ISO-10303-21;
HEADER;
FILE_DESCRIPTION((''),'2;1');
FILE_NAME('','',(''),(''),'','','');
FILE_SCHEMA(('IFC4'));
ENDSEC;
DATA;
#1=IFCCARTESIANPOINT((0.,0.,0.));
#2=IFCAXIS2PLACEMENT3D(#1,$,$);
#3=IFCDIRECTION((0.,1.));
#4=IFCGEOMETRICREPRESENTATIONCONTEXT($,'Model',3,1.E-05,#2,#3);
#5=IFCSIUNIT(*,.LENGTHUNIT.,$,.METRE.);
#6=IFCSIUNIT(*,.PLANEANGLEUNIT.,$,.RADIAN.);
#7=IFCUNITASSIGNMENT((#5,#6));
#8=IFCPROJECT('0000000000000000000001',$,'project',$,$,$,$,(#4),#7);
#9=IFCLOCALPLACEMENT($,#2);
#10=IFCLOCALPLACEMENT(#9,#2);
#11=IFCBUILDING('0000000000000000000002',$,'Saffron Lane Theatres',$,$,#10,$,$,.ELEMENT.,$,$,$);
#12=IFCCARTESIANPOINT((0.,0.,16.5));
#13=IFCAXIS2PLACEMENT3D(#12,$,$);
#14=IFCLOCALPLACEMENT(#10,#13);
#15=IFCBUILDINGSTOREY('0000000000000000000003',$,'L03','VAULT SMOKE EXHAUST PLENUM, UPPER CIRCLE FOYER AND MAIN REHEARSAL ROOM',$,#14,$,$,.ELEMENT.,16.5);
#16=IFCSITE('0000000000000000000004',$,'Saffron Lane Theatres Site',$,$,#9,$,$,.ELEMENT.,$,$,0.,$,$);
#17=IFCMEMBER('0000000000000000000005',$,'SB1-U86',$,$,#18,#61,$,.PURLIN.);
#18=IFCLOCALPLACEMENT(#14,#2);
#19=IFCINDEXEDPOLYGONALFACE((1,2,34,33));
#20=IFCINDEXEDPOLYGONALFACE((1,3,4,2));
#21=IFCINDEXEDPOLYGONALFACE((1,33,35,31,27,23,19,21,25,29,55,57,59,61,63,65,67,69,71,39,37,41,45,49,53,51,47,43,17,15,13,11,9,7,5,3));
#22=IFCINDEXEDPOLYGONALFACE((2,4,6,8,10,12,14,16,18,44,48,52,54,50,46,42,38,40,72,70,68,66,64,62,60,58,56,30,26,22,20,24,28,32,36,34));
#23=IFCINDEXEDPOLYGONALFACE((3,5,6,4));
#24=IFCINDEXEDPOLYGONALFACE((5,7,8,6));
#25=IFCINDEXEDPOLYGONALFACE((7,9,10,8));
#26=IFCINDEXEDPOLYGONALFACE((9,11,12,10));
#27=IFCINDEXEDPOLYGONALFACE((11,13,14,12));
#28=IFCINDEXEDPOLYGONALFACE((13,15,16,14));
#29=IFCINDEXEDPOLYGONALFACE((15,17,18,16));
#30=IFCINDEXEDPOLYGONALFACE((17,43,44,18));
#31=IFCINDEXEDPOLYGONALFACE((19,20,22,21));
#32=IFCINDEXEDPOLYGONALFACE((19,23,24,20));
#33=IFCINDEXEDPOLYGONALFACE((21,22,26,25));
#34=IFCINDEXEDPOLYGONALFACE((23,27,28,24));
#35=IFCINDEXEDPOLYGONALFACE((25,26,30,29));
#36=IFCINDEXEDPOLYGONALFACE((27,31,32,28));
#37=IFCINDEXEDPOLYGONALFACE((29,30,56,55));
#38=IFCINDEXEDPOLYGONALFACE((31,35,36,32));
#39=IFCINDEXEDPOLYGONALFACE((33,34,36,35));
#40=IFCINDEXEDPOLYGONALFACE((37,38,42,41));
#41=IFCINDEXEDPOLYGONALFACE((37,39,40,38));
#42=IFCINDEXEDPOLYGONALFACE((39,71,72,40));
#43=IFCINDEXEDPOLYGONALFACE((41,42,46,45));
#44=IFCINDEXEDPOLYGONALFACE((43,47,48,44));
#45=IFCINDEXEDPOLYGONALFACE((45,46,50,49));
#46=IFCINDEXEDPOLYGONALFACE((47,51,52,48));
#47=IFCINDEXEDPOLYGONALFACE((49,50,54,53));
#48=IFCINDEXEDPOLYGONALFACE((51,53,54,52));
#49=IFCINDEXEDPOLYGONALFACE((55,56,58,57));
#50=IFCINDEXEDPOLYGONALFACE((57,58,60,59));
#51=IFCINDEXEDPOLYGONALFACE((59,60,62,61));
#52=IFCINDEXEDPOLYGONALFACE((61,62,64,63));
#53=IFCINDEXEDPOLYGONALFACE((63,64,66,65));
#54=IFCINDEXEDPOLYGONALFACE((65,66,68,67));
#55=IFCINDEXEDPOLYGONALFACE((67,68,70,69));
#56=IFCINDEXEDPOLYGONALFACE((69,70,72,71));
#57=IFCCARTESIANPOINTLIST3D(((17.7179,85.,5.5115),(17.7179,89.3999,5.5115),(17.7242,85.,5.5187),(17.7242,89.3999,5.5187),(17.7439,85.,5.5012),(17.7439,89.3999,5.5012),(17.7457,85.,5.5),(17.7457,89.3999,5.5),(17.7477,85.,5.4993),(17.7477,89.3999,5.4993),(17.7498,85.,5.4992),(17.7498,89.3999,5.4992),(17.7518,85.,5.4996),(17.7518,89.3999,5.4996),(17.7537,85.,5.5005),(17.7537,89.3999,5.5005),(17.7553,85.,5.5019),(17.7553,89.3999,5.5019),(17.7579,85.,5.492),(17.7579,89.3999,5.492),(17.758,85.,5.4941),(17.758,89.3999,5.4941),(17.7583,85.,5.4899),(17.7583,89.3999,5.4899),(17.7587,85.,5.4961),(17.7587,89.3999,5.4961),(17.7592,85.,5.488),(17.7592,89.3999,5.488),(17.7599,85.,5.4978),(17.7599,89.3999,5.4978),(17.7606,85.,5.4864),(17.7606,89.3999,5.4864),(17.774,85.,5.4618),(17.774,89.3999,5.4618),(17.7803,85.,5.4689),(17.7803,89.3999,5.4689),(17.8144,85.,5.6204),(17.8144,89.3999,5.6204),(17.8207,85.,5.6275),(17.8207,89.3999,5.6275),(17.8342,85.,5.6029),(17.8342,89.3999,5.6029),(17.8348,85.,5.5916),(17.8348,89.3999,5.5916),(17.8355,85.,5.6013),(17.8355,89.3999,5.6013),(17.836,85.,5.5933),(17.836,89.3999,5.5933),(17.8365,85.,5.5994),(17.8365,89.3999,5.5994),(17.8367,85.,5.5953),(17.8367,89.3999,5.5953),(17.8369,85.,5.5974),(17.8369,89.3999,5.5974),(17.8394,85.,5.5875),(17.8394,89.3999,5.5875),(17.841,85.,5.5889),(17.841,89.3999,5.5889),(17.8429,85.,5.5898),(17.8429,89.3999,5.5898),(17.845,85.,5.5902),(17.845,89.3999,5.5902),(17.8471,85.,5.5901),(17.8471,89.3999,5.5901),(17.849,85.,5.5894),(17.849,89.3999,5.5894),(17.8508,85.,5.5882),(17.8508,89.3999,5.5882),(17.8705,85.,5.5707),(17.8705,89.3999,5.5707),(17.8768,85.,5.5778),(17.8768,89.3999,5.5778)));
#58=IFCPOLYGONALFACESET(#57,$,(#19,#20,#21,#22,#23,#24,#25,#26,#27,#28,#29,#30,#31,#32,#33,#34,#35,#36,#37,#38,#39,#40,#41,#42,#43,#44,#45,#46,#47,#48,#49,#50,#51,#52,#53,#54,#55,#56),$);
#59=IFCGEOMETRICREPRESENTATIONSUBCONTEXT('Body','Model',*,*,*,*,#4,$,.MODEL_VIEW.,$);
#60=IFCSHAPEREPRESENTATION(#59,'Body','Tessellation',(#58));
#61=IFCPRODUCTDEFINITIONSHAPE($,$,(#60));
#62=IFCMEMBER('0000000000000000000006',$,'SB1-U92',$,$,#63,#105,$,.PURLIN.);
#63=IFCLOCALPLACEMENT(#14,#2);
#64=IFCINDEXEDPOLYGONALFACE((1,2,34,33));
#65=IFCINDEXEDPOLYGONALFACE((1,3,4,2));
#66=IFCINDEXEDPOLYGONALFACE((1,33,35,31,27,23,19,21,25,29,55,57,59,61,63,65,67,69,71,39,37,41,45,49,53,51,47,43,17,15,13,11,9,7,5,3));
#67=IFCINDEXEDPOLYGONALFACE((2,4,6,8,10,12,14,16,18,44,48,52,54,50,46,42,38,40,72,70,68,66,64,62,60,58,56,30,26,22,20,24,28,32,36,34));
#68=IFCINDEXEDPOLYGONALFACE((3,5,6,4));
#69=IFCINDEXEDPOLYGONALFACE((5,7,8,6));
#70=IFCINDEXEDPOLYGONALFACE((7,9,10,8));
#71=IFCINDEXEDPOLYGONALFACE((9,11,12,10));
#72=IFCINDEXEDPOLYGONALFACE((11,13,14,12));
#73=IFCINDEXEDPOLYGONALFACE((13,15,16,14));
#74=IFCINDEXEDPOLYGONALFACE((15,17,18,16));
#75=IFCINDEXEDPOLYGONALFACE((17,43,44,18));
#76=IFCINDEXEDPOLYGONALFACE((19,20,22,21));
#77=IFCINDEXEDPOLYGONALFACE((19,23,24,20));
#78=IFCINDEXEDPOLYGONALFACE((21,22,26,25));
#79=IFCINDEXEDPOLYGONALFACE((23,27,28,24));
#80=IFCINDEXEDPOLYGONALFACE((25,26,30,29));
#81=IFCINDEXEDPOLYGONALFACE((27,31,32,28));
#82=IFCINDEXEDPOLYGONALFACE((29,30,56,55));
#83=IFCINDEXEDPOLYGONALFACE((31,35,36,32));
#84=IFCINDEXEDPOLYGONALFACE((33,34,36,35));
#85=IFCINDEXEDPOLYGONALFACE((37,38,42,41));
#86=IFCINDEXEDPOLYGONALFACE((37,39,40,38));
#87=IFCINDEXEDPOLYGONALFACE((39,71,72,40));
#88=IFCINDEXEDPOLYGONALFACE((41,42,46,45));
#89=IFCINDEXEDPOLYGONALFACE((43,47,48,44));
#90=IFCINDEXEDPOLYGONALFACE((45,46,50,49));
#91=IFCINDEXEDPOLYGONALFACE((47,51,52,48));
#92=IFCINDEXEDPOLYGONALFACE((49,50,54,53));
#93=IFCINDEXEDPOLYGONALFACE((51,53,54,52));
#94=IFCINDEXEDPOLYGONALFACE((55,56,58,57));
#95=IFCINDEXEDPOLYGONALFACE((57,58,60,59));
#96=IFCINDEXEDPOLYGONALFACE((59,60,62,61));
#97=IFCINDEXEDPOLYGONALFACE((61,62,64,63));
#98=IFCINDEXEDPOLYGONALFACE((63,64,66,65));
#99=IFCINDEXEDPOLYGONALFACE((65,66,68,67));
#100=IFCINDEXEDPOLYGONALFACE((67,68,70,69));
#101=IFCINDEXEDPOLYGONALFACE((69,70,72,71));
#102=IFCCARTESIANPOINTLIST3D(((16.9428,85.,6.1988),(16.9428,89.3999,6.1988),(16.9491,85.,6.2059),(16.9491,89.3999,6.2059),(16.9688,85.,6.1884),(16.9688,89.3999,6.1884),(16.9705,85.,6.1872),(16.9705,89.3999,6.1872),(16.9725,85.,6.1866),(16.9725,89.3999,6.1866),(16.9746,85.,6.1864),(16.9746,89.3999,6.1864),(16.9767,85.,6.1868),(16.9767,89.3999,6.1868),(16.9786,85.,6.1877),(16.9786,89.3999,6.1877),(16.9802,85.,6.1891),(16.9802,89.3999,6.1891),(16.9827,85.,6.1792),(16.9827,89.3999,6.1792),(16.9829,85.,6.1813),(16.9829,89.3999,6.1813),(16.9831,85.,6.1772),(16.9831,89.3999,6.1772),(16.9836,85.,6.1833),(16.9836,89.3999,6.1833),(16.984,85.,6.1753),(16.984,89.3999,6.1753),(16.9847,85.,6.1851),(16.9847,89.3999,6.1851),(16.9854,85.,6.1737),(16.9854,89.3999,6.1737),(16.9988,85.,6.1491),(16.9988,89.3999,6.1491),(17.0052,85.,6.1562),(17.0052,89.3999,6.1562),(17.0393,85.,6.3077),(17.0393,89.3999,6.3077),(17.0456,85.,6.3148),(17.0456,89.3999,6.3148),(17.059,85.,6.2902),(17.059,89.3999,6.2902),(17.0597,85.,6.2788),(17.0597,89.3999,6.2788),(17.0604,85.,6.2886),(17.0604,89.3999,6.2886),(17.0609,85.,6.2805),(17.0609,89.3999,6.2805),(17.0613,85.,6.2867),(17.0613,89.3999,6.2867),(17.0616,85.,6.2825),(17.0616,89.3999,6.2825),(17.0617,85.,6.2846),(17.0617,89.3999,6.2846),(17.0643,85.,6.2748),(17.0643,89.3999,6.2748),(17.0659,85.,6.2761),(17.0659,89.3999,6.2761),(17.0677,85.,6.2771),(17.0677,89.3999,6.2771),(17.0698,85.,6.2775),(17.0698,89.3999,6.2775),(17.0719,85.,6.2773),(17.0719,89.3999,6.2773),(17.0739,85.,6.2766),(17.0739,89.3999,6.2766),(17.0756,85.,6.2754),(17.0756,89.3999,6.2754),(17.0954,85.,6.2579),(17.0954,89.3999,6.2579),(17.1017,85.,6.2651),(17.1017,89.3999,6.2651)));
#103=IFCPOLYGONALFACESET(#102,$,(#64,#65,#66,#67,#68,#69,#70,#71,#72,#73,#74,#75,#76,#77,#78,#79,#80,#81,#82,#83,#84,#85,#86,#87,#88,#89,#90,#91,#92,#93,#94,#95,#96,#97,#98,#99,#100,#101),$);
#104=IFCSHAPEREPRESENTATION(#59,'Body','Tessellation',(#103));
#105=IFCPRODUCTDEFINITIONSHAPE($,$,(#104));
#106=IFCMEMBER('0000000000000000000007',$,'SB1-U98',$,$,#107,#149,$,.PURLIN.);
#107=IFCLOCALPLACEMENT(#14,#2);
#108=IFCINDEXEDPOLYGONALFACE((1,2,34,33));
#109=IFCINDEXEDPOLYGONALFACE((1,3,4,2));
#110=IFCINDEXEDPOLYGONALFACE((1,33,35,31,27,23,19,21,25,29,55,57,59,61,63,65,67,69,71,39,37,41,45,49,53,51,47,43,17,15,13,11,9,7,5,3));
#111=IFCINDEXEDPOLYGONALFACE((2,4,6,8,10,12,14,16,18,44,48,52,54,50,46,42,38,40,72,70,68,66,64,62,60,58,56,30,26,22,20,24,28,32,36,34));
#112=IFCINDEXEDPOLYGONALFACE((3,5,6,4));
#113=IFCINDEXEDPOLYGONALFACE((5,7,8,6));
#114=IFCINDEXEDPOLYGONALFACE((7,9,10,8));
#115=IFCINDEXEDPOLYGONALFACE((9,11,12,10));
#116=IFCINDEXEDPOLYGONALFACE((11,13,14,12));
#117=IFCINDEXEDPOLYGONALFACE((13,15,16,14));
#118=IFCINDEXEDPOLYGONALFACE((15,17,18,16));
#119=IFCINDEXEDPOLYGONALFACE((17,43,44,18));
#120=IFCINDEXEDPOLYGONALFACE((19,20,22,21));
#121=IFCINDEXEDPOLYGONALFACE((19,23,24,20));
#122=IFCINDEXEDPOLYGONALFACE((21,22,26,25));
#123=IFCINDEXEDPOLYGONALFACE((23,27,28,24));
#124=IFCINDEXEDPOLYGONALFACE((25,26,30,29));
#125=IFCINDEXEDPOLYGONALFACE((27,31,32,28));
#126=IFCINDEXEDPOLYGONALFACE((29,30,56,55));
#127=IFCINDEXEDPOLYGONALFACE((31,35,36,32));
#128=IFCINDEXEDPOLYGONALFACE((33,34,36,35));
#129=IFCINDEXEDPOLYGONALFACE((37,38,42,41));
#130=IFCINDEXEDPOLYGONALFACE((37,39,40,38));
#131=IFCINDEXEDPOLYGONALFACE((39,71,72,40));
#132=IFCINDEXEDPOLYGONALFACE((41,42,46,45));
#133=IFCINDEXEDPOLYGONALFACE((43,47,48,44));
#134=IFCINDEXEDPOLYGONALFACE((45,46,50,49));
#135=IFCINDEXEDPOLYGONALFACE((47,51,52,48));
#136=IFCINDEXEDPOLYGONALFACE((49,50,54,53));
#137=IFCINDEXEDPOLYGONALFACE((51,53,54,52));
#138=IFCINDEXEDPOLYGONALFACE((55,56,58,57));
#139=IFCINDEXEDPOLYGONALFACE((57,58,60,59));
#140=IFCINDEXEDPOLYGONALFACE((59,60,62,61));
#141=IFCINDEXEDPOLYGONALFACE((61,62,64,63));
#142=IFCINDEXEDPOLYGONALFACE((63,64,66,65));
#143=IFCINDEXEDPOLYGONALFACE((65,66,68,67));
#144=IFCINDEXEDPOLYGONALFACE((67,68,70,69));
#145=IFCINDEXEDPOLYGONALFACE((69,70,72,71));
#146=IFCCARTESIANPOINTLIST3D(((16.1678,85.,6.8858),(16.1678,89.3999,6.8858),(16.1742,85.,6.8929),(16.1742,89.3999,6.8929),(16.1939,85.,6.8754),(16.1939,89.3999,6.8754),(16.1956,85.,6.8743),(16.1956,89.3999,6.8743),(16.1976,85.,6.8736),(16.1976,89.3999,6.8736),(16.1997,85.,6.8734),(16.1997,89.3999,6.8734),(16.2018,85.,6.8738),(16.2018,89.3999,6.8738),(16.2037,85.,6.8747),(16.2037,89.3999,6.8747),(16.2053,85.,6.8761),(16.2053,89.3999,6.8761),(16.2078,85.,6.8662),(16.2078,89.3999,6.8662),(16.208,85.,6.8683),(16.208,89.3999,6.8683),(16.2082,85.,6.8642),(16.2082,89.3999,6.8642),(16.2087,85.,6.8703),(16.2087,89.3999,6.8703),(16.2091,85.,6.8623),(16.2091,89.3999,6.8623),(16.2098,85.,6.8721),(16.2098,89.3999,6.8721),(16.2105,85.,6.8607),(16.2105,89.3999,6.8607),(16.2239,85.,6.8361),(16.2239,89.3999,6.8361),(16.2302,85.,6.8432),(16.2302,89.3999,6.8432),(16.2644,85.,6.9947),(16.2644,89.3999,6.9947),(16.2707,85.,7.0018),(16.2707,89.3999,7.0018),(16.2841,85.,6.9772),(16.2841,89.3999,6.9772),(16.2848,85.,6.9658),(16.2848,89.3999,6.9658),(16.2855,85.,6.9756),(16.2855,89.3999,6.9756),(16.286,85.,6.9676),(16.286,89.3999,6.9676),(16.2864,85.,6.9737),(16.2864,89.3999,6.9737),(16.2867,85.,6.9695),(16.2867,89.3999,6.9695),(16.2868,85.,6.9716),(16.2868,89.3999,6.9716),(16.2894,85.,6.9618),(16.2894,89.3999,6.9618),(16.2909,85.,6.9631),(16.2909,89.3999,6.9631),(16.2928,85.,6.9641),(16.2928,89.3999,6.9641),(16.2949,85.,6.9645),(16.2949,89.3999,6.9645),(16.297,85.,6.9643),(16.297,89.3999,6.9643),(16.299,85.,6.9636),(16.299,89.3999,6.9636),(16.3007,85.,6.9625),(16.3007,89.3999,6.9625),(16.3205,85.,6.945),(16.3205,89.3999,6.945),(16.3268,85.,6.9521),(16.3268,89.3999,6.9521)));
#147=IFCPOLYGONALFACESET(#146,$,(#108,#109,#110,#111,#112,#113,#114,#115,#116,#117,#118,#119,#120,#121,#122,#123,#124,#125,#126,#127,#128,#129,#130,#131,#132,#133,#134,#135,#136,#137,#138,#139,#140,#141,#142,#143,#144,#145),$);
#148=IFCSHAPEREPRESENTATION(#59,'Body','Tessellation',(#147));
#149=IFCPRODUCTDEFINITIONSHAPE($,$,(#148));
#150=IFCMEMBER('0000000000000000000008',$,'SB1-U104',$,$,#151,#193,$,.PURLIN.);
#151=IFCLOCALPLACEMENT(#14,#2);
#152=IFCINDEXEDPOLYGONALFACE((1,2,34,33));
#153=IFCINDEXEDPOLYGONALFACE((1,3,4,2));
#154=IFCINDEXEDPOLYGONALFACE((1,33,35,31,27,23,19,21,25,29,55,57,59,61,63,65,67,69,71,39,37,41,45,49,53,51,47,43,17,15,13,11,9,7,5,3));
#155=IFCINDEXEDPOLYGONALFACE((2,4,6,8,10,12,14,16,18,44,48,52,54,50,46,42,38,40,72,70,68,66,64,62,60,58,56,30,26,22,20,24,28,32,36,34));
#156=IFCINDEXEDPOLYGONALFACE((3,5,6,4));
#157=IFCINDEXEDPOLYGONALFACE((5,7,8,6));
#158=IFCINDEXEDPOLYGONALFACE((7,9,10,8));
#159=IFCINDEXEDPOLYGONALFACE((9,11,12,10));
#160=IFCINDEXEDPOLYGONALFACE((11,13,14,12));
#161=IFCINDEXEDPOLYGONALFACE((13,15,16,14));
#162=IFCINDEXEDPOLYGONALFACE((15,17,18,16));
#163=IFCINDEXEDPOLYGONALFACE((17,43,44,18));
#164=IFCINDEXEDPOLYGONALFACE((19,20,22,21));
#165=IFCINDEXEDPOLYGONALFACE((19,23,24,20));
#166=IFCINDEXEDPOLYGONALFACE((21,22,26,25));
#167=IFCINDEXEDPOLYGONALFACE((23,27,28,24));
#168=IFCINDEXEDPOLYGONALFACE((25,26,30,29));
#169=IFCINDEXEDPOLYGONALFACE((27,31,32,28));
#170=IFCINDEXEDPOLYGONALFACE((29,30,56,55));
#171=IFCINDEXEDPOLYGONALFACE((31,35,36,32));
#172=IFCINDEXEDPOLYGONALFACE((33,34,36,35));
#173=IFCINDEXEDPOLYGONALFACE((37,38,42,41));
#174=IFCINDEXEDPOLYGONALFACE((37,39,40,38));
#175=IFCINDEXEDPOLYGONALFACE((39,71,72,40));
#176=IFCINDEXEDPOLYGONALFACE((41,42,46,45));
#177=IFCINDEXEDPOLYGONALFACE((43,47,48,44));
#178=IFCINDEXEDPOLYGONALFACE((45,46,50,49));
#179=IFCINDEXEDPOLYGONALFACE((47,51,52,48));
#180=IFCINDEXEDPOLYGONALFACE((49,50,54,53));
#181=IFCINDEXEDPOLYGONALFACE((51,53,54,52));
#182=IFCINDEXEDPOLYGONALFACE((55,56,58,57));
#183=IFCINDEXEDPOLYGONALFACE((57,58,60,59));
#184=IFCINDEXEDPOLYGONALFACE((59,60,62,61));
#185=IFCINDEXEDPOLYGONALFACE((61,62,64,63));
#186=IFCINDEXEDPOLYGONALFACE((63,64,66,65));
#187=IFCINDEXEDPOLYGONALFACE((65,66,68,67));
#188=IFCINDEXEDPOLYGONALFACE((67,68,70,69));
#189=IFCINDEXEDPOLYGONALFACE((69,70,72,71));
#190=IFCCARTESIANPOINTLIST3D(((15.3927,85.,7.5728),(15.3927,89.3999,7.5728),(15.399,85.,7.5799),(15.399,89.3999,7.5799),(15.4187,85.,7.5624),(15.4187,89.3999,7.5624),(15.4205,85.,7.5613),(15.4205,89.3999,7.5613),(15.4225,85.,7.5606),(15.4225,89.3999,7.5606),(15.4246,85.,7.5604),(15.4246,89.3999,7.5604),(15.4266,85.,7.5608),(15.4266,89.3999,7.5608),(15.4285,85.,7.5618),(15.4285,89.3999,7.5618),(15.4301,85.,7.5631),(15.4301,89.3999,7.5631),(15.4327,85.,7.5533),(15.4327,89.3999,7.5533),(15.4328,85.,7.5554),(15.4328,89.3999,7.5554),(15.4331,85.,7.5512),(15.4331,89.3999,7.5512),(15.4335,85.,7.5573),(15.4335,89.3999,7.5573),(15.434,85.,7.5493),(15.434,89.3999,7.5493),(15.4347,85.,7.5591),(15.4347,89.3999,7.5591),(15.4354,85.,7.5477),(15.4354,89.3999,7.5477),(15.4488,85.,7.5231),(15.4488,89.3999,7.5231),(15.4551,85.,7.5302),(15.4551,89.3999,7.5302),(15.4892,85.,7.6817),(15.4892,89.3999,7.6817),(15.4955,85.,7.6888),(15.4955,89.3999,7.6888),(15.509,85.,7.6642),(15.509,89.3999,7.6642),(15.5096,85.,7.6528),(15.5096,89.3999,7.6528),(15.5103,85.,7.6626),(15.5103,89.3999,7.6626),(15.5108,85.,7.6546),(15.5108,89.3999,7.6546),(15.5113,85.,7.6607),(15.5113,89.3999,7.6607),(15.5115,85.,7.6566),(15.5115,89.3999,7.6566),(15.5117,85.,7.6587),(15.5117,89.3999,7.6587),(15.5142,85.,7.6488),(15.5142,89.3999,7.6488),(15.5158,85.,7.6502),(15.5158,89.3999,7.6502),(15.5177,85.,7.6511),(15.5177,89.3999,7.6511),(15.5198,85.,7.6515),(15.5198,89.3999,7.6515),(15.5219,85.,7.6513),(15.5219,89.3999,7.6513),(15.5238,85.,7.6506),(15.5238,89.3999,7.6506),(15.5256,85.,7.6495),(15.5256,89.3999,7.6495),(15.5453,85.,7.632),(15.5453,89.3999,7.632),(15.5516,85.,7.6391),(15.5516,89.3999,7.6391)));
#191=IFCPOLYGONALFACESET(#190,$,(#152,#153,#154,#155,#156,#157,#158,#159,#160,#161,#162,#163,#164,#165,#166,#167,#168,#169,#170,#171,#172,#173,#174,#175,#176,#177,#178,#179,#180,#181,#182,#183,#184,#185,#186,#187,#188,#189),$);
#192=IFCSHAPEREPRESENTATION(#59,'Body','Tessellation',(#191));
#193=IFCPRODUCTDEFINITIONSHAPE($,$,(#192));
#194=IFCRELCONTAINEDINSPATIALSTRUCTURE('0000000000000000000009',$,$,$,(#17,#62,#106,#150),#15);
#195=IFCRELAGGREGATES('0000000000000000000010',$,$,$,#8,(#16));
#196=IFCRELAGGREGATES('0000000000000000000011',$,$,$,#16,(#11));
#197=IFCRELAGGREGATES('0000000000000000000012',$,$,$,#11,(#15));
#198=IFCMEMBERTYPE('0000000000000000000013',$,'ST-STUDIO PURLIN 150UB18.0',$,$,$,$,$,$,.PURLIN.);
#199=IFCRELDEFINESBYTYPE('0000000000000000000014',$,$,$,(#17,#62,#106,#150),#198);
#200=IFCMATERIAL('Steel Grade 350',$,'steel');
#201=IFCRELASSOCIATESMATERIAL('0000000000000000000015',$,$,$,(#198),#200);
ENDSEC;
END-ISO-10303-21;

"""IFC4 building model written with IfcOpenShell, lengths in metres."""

from ifc_helpers import new_model, si_unit, direction, frame, origin, origin_2d, place, context, subcontext, project, spatial, i_section, extrude, material, material_profile, profile_set, type_object, element, save


model = new_model("IFC4")

# Units and contexts
model_context = context("Model", 3, precision=1e-05, world=origin(), true_north=direction((0.0, 1.0)))
body_context = subcontext(model_context, "Body", "Model", "MODEL_VIEW")
ifc_project = project(units=[si_unit("LENGTHUNIT", "METRE"), si_unit("PLANEANGLEUNIT", "RADIAN")], contexts=[model_context])

# Site, building, storey
site_placement = place(None, origin())
site = spatial("IfcSite", under=ifc_project, at=site_placement, Name="Saffron Lane Theatres Site", CompositionType="ELEMENT", RefElevation=0.0)
building_placement = place(site_placement, origin())
building = spatial("IfcBuilding", under=site, at=building_placement, Name="Saffron Lane Theatres", CompositionType="ELEMENT")
storey_placement = place(building_placement, frame((0.0, 0.0, 16.5)))
storey = spatial("IfcBuildingStorey", under=building, at=storey_placement, Name="L03", Description="VAULT SMOKE EXHAUST PLENUM, UPPER CIRCLE FOYER AND MAIN REHEARSAL ROOM", CompositionType="ELEMENT", Elevation=16.5)

# Members
ifc_material_1 = material(Name="Steel Grade 350", Category="steel")
ifc_material_profile_1 = material_profile(ifc_material_1, i_section(OverallWidth=0.075, OverallDepth=0.155, WebThickness=0.0061, FlangeThickness=0.0095, FilletRadius=0.0081, at=origin_2d()))
ifc_profile_set_1 = profile_set([ifc_material_profile_1], Name="Steel Grade 350")
member_type_1 = type_object("IfcMemberType", Name="ST-STUDIO PURLIN 150UB18.0", PredefinedType="PURLIN", material=ifc_profile_set_1)
for number, where, z_axis, x_axis, name in (
    (1, (17.7974, 85.0, 5.5447), (0.0, 1.0, 0.0), (-0.748269, 0.0, 0.663396), "SB1-U86"),
    (2, (17.0222, 85.0, 6.2319), (0.0, 1.0, 0.0), (-0.748269, 0.0, 0.663396), "SB1-U92"),
    (3, (16.2473, 85.0, 6.9189), (0.0, 1.0, 0.0), (-0.748269, 0.0, 0.663396), "SB1-U98"),
    (4, (15.4722, 85.0, 7.606), (0.0, 1.0, 0.0), (-0.748269, 0.0, 0.663396), "SB1-U104"),
):
    element("IfcMember", number, at=place(storey_placement, frame(where, z_axis=z_axis, x_axis=x_axis)), inside=storey, type_object=member_type_1, Name=name, PredefinedType="PURLIN", context=body_context, shape_type="SweptSolid", body=[
        extrude(i_section(OverallWidth=0.075, OverallDepth=0.155, WebThickness=0.0061, FlangeThickness=0.0095, FilletRadius=0.0081, at=origin_2d()), origin(), (0.0, 0.0, 1.0), 4.3999),
    ])

save(model, "model.ifc")
